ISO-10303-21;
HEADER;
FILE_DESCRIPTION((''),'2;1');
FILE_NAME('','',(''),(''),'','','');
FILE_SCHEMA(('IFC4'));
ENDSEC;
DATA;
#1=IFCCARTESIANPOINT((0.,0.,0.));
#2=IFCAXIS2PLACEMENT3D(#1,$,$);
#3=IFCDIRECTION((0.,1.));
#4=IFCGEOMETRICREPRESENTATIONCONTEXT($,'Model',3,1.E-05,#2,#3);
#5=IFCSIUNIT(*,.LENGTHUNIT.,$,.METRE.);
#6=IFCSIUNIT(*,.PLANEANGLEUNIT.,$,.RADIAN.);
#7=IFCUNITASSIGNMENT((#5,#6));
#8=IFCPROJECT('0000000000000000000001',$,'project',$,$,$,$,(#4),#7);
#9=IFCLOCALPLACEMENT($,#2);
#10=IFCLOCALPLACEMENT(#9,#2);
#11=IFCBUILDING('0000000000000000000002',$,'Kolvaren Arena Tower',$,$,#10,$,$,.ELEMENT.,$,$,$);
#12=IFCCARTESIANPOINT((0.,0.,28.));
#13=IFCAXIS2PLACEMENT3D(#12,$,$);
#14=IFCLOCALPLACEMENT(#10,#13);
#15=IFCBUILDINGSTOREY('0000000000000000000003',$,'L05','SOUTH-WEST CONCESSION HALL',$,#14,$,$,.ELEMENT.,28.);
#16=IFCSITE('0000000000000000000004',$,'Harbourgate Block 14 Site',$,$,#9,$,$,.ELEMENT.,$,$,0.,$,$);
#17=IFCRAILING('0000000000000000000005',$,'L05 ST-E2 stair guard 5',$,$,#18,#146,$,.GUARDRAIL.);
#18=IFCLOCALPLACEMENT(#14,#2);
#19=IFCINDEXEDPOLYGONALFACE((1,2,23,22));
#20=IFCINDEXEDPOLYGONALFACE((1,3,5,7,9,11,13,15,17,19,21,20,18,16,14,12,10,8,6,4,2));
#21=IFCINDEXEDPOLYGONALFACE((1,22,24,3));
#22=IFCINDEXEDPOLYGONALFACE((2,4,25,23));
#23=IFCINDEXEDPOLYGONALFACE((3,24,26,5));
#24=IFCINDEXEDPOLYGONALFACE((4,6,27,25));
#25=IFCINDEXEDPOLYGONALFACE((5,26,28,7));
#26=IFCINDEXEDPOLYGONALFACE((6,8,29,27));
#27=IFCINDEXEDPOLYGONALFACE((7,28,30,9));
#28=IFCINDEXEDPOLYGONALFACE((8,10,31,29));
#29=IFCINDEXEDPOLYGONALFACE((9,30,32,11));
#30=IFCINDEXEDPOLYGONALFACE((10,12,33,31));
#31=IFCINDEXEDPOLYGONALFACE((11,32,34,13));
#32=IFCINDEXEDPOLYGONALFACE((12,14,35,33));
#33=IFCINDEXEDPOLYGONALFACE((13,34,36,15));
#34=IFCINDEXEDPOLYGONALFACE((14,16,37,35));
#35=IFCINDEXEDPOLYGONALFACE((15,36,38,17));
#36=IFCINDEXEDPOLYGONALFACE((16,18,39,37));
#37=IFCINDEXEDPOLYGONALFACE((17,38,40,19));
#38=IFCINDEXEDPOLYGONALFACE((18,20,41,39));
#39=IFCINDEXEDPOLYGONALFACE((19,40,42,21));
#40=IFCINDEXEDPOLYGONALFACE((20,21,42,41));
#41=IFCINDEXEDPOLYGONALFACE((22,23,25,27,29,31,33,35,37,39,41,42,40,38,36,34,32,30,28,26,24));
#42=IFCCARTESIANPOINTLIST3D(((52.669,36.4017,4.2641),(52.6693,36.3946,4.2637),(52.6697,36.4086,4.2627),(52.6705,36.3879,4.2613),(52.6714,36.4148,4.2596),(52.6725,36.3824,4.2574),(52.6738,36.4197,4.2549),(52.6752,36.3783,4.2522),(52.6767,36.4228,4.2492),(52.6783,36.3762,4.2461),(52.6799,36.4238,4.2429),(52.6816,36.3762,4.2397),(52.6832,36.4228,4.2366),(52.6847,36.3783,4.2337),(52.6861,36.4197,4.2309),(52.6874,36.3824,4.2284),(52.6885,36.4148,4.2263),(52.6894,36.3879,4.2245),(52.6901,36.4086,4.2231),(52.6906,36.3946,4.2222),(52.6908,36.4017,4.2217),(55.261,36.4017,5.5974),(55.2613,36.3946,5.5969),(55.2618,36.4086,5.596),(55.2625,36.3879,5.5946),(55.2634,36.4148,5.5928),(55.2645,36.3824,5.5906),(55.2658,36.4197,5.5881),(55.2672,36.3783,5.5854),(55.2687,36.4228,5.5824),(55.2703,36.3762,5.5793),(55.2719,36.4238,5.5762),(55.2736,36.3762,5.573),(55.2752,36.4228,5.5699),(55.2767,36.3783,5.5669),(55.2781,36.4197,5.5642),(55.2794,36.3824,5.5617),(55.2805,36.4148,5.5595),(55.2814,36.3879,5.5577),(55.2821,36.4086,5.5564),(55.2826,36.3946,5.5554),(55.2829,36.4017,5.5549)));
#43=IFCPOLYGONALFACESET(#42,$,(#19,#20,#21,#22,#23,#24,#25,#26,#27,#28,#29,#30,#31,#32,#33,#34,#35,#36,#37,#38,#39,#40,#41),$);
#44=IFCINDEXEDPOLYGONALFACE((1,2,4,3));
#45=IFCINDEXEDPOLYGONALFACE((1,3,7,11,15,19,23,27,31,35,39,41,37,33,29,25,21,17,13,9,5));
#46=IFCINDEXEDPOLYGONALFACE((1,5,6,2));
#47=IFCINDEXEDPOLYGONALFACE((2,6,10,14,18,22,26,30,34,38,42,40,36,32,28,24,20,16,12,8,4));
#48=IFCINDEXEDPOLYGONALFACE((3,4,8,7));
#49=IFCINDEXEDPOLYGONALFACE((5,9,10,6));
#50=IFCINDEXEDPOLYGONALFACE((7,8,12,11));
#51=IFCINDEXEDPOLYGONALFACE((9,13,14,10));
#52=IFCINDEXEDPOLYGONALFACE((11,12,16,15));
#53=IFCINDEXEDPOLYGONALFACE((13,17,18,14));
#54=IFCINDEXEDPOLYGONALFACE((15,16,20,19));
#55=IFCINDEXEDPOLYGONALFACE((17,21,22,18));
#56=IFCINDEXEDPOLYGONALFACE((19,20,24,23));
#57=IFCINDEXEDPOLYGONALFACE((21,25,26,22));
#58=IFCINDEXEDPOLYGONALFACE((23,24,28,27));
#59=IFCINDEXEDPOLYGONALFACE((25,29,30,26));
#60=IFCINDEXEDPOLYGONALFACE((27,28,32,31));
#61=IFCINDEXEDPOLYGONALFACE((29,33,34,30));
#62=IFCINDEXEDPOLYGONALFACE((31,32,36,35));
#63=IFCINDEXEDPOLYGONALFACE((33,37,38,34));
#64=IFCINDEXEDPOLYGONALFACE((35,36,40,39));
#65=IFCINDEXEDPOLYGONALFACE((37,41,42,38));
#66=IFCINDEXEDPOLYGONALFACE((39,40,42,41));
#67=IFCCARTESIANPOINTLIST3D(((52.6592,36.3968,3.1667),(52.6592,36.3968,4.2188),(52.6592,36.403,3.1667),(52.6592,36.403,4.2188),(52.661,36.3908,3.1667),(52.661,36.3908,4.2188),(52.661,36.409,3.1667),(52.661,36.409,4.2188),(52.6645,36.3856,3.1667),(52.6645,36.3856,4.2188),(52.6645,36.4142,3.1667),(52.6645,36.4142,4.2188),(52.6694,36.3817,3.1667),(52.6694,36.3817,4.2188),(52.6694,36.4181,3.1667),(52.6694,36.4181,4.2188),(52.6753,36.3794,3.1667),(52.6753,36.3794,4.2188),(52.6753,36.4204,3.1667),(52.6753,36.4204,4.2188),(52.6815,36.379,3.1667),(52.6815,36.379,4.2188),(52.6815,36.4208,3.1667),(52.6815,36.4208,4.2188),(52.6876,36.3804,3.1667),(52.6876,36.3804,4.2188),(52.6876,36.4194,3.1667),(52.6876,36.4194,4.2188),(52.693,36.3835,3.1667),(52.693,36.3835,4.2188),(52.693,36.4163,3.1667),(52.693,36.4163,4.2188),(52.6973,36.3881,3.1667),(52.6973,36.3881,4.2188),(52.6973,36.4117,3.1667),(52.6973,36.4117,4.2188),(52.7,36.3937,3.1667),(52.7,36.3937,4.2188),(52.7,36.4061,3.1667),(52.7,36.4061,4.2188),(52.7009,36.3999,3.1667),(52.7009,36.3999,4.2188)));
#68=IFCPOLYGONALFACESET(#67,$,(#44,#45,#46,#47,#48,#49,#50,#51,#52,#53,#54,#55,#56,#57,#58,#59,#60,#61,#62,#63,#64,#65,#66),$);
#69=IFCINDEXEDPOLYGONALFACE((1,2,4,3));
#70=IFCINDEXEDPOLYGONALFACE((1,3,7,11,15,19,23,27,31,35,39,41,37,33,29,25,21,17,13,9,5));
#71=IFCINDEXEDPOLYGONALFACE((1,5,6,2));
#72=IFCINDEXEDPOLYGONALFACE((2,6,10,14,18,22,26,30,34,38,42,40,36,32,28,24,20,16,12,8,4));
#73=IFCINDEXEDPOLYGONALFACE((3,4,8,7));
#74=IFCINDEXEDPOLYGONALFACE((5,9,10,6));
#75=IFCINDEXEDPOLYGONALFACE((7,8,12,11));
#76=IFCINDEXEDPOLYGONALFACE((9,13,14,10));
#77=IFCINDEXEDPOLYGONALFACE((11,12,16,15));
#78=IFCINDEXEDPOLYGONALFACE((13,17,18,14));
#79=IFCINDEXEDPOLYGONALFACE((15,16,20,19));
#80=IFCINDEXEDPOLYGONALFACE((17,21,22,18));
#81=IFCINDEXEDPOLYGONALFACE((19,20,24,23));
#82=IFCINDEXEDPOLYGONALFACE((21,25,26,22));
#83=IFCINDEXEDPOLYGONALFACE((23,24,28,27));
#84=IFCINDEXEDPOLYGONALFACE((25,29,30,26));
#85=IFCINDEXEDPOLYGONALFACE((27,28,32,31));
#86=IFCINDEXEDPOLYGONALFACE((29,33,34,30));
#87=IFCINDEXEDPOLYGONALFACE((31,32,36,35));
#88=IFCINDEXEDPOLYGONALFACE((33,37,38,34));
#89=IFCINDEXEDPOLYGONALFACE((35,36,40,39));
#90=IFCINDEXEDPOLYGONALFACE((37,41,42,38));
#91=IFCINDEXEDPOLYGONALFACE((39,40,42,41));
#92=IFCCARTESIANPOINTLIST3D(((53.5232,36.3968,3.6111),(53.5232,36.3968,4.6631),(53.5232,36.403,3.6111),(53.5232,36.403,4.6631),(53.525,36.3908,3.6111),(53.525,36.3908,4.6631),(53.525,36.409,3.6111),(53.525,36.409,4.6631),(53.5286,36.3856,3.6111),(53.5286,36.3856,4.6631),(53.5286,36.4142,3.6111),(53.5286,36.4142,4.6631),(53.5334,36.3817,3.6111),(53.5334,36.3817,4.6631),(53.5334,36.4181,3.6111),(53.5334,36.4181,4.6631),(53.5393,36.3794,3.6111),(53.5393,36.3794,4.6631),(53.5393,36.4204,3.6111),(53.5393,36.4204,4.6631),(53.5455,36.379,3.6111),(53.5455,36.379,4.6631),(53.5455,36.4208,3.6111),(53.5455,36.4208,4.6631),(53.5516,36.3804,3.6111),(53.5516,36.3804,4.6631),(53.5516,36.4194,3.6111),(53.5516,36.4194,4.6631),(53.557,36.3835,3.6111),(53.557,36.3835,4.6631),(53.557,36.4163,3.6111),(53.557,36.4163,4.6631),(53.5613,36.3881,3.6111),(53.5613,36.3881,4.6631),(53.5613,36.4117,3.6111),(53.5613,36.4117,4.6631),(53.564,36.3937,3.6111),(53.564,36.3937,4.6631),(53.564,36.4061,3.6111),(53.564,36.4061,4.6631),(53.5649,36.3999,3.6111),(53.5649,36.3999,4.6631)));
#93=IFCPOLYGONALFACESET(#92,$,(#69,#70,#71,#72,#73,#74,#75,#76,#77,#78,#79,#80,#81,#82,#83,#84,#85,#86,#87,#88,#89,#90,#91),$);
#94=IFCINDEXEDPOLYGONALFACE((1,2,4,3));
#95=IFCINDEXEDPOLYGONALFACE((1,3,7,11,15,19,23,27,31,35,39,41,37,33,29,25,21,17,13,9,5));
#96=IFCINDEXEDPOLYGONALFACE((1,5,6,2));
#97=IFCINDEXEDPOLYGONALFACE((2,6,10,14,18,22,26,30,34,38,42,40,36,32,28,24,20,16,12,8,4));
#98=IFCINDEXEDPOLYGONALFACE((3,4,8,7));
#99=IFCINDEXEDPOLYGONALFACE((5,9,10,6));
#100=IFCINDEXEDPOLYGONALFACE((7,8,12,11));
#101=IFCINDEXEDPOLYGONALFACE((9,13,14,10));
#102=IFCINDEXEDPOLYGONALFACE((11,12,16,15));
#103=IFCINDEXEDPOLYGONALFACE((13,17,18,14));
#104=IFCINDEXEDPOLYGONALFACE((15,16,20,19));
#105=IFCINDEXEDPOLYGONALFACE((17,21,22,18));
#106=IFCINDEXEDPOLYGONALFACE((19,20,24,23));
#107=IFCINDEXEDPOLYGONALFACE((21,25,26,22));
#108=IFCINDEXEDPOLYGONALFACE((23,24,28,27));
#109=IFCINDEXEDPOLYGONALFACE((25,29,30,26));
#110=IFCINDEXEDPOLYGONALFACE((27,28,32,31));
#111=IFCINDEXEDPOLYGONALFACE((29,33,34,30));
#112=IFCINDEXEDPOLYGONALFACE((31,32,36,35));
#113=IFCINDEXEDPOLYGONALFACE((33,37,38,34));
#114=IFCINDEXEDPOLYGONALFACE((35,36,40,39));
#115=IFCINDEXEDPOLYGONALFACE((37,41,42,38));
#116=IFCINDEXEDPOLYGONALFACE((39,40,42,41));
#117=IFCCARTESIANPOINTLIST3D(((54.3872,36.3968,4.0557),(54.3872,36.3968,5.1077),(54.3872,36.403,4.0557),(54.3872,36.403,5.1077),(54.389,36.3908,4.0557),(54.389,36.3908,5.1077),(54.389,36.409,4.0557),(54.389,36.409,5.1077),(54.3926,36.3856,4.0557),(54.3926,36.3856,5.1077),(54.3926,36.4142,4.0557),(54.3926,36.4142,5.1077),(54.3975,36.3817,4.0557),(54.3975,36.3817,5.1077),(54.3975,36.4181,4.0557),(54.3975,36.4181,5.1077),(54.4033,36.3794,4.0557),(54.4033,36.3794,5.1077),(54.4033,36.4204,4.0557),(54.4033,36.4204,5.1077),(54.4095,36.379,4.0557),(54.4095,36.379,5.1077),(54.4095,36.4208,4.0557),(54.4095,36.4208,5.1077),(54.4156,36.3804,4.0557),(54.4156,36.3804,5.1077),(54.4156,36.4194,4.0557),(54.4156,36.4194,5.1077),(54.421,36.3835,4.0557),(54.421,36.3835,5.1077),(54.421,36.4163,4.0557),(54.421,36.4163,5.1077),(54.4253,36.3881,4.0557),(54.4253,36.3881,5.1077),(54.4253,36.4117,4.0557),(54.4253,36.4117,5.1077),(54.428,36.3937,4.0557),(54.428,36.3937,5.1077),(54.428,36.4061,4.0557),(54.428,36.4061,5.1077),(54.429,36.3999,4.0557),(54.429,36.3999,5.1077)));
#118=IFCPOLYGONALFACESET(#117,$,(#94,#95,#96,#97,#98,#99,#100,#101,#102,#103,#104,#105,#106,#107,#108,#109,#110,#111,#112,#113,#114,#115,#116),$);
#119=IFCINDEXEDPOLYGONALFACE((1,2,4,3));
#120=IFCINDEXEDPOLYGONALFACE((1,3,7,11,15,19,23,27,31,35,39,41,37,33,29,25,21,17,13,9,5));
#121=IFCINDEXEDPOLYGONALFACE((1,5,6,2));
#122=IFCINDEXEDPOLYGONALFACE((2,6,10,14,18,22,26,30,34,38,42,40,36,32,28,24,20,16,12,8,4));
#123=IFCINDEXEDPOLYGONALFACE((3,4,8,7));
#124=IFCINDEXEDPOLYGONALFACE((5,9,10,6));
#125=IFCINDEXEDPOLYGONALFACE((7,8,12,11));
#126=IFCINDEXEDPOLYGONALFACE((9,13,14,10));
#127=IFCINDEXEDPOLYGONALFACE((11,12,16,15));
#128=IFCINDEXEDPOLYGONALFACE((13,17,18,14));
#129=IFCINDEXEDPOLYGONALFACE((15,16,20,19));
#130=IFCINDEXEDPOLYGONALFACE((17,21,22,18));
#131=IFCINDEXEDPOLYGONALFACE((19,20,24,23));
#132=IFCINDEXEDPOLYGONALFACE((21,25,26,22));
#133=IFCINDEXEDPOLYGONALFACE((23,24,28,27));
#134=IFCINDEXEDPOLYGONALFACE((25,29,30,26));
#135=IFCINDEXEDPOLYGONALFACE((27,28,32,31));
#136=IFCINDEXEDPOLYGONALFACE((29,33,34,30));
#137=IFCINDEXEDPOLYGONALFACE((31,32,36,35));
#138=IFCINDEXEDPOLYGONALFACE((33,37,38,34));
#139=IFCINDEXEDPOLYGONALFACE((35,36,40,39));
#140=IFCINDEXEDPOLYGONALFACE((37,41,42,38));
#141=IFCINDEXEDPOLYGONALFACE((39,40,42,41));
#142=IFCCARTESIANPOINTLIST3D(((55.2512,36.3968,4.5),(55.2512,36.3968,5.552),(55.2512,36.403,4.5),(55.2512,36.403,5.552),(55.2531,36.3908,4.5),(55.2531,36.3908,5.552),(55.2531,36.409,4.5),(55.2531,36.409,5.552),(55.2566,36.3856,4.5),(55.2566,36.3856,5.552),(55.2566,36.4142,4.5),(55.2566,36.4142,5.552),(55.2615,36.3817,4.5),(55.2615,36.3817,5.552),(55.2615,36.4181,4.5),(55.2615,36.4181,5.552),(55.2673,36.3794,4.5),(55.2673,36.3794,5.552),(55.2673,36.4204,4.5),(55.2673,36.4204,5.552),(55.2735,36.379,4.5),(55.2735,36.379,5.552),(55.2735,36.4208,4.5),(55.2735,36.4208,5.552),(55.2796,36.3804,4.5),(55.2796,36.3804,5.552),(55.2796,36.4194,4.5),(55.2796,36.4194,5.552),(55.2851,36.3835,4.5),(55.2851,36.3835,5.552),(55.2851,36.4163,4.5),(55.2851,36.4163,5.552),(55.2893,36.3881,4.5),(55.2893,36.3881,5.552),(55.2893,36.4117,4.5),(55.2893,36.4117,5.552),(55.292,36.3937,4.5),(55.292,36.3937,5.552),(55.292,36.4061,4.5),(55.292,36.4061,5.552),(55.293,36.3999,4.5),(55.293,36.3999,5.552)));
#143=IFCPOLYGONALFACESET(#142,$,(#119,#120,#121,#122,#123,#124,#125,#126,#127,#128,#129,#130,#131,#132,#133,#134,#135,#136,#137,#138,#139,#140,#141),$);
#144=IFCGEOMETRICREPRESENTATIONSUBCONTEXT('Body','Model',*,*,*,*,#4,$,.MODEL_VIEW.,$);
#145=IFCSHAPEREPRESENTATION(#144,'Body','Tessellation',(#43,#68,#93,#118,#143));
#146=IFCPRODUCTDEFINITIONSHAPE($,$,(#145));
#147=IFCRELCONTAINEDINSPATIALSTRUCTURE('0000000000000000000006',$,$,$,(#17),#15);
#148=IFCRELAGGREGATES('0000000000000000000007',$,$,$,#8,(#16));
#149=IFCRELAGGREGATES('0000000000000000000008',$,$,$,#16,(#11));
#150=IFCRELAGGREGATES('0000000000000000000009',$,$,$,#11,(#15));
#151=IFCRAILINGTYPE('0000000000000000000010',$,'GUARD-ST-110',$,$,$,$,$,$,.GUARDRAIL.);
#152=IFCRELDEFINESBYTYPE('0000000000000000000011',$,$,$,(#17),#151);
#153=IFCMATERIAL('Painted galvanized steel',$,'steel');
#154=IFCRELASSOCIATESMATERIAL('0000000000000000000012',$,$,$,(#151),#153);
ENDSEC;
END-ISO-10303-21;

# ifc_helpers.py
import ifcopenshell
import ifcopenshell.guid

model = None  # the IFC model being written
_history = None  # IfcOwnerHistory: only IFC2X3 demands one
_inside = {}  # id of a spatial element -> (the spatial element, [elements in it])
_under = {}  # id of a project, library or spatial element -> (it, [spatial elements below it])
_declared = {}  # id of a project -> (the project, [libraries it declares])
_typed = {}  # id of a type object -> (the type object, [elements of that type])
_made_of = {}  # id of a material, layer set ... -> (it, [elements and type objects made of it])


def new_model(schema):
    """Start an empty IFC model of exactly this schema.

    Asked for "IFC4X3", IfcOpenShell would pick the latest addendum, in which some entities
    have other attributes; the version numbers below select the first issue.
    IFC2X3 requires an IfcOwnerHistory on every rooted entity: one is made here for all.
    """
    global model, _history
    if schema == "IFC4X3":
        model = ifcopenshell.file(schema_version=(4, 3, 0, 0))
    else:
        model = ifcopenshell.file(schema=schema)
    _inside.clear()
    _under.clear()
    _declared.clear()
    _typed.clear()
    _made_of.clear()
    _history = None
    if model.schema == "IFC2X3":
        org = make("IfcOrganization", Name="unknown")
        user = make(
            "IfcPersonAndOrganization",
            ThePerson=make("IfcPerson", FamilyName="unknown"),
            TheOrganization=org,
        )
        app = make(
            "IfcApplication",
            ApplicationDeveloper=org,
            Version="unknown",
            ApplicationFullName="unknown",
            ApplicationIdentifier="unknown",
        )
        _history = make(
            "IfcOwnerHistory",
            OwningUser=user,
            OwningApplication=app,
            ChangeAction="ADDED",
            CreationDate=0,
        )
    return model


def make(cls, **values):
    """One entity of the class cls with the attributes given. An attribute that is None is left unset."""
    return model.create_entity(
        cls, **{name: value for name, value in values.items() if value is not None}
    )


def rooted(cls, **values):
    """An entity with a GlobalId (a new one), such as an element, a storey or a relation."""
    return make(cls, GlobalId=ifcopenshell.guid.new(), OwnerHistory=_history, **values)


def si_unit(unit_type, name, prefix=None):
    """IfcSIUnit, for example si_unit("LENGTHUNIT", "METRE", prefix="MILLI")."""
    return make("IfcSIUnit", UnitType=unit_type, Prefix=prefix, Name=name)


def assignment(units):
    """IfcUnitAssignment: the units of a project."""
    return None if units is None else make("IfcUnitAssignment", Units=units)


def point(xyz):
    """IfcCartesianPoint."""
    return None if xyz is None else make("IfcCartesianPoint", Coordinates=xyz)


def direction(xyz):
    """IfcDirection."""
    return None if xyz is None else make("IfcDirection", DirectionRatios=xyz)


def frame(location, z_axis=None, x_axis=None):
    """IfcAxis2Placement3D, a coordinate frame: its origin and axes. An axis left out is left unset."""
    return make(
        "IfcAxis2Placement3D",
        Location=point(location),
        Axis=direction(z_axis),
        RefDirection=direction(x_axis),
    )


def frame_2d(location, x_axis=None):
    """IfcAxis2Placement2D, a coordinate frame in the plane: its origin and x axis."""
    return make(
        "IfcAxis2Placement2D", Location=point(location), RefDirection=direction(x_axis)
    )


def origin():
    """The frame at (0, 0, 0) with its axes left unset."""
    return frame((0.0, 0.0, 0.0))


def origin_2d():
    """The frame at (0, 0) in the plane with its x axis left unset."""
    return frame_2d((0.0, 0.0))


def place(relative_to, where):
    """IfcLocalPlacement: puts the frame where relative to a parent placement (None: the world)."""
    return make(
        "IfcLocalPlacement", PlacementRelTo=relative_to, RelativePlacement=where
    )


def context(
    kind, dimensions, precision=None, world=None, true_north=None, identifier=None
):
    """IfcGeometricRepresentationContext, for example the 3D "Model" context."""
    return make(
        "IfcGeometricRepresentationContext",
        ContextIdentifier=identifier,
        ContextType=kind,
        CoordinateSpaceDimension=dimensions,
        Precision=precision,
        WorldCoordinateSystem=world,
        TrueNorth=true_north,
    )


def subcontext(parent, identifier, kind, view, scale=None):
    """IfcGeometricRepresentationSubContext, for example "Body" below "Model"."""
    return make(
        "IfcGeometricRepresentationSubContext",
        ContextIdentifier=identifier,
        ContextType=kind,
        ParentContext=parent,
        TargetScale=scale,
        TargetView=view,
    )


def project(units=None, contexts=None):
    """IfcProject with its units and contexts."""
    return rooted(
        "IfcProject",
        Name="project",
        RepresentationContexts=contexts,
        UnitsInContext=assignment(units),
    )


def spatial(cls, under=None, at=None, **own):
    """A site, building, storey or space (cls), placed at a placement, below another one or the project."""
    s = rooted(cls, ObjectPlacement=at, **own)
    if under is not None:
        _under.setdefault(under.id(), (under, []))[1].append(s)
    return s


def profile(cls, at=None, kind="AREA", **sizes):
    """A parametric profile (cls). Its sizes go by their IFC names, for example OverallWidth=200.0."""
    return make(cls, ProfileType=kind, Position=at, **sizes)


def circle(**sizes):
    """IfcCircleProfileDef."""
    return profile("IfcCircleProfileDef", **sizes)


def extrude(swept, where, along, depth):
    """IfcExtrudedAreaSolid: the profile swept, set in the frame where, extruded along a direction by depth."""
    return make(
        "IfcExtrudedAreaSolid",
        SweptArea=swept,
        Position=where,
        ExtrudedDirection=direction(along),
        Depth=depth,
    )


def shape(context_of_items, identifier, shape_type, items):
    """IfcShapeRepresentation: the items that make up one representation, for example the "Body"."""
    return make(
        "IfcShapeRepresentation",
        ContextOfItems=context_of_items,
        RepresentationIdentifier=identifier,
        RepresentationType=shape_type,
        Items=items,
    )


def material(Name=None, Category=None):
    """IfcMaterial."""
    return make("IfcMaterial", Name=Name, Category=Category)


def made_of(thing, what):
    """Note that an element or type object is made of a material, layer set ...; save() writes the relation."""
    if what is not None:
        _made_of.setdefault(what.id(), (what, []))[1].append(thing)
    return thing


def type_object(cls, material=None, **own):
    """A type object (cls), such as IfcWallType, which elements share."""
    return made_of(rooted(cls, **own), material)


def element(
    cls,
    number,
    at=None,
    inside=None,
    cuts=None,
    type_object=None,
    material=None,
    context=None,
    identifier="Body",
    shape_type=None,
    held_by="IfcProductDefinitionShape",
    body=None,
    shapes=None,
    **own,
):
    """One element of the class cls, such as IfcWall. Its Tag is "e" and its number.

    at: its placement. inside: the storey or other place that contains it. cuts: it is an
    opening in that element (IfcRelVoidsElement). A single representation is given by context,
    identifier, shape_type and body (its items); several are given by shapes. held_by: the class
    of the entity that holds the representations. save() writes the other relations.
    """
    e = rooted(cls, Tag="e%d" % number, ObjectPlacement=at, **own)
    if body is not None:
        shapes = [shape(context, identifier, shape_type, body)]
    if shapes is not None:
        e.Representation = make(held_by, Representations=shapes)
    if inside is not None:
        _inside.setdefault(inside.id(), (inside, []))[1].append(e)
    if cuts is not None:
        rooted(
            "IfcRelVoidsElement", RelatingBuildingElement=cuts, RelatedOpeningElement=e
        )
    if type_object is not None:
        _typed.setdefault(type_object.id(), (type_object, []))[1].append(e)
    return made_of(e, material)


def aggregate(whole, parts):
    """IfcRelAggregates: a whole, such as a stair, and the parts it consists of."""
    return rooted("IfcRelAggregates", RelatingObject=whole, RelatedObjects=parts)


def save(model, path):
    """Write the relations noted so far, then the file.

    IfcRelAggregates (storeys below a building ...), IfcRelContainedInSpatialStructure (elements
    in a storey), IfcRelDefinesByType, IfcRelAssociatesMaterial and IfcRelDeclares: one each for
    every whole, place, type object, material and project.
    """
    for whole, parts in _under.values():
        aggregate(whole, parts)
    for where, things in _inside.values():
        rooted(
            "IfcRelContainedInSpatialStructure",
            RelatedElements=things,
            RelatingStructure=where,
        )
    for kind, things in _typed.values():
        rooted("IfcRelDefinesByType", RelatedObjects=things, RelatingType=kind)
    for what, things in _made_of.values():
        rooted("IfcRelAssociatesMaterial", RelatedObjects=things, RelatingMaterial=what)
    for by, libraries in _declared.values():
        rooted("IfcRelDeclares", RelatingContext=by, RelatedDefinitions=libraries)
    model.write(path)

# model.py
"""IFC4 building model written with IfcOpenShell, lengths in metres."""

from ifc_helpers import new_model, si_unit, direction, frame, origin, origin_2d, place, context, subcontext, project, spatial, circle, extrude, material, type_object, element, save


model = new_model("IFC4")

# Units and contexts
model_context = context("Model", 3, precision=1e-05, world=origin(), true_north=direction((0.0, 1.0)))
body_context = subcontext(model_context, "Body", "Model", "MODEL_VIEW")
ifc_project = project(units=[si_unit("LENGTHUNIT", "METRE"), si_unit("PLANEANGLEUNIT", "RADIAN")], contexts=[model_context])

# Site, building, storey
site_placement = place(None, origin())
site = spatial("IfcSite", under=ifc_project, at=site_placement, Name="Harbourgate Block 14 Site", CompositionType="ELEMENT", RefElevation=0.0)
building_placement = place(site_placement, origin())
building = spatial("IfcBuilding", under=site, at=building_placement, Name="Kolvaren Arena Tower", CompositionType="ELEMENT")
storey_placement = place(building_placement, frame((0.0, 0.0, 28.0)))
storey = spatial("IfcBuildingStorey", under=building, at=storey_placement, Name="L05", Description="SOUTH-WEST CONCESSION HALL", CompositionType="ELEMENT", Elevation=28.0)

# Railing
ifc_material_1 = material(Name="Painted galvanized steel", Category="steel")
railing_type_1 = type_object("IfcRailingType", Name="GUARD-ST-110", PredefinedType="GUARDRAIL", material=ifc_material_1)
railing_1_placement = place(storey_placement, frame((52.6799, 36.3999, 3.1667)))
element("IfcRailing", 1, at=railing_1_placement, inside=storey, type_object=railing_type_1, Name="L05 ST-E2 stair guard 5", PredefinedType="GUARDRAIL", context=body_context, shape_type="SweptSolid", body=[
    extrude(circle(Radius=0.0239, at=origin_2d()), frame((0.0, 0.0, 1.0762), z_axis=(0.88926, 0.0, 0.457403), x_axis=(0.0, 1.0, 0.0)), (0.0, 0.0, 1.0), 2.9148),
    extrude(circle(Radius=0.021, at=origin_2d()), origin(), (0.0, 0.0, 1.0), 1.052),
    extrude(circle(Radius=0.021, at=origin_2d()), frame((0.864, 0.0, 0.4443)), (0.0, 0.0, 1.0), 1.052),
    extrude(circle(Radius=0.021, at=origin_2d()), frame((1.728, 0.0, 0.8889)), (0.0, 0.0, 1.0), 1.052),
    extrude(circle(Radius=0.021, at=origin_2d()), frame((2.592, 0.0, 1.3333)), (0.0, 0.0, 1.0), 1.052),
])

save(model, "model.ifc")
